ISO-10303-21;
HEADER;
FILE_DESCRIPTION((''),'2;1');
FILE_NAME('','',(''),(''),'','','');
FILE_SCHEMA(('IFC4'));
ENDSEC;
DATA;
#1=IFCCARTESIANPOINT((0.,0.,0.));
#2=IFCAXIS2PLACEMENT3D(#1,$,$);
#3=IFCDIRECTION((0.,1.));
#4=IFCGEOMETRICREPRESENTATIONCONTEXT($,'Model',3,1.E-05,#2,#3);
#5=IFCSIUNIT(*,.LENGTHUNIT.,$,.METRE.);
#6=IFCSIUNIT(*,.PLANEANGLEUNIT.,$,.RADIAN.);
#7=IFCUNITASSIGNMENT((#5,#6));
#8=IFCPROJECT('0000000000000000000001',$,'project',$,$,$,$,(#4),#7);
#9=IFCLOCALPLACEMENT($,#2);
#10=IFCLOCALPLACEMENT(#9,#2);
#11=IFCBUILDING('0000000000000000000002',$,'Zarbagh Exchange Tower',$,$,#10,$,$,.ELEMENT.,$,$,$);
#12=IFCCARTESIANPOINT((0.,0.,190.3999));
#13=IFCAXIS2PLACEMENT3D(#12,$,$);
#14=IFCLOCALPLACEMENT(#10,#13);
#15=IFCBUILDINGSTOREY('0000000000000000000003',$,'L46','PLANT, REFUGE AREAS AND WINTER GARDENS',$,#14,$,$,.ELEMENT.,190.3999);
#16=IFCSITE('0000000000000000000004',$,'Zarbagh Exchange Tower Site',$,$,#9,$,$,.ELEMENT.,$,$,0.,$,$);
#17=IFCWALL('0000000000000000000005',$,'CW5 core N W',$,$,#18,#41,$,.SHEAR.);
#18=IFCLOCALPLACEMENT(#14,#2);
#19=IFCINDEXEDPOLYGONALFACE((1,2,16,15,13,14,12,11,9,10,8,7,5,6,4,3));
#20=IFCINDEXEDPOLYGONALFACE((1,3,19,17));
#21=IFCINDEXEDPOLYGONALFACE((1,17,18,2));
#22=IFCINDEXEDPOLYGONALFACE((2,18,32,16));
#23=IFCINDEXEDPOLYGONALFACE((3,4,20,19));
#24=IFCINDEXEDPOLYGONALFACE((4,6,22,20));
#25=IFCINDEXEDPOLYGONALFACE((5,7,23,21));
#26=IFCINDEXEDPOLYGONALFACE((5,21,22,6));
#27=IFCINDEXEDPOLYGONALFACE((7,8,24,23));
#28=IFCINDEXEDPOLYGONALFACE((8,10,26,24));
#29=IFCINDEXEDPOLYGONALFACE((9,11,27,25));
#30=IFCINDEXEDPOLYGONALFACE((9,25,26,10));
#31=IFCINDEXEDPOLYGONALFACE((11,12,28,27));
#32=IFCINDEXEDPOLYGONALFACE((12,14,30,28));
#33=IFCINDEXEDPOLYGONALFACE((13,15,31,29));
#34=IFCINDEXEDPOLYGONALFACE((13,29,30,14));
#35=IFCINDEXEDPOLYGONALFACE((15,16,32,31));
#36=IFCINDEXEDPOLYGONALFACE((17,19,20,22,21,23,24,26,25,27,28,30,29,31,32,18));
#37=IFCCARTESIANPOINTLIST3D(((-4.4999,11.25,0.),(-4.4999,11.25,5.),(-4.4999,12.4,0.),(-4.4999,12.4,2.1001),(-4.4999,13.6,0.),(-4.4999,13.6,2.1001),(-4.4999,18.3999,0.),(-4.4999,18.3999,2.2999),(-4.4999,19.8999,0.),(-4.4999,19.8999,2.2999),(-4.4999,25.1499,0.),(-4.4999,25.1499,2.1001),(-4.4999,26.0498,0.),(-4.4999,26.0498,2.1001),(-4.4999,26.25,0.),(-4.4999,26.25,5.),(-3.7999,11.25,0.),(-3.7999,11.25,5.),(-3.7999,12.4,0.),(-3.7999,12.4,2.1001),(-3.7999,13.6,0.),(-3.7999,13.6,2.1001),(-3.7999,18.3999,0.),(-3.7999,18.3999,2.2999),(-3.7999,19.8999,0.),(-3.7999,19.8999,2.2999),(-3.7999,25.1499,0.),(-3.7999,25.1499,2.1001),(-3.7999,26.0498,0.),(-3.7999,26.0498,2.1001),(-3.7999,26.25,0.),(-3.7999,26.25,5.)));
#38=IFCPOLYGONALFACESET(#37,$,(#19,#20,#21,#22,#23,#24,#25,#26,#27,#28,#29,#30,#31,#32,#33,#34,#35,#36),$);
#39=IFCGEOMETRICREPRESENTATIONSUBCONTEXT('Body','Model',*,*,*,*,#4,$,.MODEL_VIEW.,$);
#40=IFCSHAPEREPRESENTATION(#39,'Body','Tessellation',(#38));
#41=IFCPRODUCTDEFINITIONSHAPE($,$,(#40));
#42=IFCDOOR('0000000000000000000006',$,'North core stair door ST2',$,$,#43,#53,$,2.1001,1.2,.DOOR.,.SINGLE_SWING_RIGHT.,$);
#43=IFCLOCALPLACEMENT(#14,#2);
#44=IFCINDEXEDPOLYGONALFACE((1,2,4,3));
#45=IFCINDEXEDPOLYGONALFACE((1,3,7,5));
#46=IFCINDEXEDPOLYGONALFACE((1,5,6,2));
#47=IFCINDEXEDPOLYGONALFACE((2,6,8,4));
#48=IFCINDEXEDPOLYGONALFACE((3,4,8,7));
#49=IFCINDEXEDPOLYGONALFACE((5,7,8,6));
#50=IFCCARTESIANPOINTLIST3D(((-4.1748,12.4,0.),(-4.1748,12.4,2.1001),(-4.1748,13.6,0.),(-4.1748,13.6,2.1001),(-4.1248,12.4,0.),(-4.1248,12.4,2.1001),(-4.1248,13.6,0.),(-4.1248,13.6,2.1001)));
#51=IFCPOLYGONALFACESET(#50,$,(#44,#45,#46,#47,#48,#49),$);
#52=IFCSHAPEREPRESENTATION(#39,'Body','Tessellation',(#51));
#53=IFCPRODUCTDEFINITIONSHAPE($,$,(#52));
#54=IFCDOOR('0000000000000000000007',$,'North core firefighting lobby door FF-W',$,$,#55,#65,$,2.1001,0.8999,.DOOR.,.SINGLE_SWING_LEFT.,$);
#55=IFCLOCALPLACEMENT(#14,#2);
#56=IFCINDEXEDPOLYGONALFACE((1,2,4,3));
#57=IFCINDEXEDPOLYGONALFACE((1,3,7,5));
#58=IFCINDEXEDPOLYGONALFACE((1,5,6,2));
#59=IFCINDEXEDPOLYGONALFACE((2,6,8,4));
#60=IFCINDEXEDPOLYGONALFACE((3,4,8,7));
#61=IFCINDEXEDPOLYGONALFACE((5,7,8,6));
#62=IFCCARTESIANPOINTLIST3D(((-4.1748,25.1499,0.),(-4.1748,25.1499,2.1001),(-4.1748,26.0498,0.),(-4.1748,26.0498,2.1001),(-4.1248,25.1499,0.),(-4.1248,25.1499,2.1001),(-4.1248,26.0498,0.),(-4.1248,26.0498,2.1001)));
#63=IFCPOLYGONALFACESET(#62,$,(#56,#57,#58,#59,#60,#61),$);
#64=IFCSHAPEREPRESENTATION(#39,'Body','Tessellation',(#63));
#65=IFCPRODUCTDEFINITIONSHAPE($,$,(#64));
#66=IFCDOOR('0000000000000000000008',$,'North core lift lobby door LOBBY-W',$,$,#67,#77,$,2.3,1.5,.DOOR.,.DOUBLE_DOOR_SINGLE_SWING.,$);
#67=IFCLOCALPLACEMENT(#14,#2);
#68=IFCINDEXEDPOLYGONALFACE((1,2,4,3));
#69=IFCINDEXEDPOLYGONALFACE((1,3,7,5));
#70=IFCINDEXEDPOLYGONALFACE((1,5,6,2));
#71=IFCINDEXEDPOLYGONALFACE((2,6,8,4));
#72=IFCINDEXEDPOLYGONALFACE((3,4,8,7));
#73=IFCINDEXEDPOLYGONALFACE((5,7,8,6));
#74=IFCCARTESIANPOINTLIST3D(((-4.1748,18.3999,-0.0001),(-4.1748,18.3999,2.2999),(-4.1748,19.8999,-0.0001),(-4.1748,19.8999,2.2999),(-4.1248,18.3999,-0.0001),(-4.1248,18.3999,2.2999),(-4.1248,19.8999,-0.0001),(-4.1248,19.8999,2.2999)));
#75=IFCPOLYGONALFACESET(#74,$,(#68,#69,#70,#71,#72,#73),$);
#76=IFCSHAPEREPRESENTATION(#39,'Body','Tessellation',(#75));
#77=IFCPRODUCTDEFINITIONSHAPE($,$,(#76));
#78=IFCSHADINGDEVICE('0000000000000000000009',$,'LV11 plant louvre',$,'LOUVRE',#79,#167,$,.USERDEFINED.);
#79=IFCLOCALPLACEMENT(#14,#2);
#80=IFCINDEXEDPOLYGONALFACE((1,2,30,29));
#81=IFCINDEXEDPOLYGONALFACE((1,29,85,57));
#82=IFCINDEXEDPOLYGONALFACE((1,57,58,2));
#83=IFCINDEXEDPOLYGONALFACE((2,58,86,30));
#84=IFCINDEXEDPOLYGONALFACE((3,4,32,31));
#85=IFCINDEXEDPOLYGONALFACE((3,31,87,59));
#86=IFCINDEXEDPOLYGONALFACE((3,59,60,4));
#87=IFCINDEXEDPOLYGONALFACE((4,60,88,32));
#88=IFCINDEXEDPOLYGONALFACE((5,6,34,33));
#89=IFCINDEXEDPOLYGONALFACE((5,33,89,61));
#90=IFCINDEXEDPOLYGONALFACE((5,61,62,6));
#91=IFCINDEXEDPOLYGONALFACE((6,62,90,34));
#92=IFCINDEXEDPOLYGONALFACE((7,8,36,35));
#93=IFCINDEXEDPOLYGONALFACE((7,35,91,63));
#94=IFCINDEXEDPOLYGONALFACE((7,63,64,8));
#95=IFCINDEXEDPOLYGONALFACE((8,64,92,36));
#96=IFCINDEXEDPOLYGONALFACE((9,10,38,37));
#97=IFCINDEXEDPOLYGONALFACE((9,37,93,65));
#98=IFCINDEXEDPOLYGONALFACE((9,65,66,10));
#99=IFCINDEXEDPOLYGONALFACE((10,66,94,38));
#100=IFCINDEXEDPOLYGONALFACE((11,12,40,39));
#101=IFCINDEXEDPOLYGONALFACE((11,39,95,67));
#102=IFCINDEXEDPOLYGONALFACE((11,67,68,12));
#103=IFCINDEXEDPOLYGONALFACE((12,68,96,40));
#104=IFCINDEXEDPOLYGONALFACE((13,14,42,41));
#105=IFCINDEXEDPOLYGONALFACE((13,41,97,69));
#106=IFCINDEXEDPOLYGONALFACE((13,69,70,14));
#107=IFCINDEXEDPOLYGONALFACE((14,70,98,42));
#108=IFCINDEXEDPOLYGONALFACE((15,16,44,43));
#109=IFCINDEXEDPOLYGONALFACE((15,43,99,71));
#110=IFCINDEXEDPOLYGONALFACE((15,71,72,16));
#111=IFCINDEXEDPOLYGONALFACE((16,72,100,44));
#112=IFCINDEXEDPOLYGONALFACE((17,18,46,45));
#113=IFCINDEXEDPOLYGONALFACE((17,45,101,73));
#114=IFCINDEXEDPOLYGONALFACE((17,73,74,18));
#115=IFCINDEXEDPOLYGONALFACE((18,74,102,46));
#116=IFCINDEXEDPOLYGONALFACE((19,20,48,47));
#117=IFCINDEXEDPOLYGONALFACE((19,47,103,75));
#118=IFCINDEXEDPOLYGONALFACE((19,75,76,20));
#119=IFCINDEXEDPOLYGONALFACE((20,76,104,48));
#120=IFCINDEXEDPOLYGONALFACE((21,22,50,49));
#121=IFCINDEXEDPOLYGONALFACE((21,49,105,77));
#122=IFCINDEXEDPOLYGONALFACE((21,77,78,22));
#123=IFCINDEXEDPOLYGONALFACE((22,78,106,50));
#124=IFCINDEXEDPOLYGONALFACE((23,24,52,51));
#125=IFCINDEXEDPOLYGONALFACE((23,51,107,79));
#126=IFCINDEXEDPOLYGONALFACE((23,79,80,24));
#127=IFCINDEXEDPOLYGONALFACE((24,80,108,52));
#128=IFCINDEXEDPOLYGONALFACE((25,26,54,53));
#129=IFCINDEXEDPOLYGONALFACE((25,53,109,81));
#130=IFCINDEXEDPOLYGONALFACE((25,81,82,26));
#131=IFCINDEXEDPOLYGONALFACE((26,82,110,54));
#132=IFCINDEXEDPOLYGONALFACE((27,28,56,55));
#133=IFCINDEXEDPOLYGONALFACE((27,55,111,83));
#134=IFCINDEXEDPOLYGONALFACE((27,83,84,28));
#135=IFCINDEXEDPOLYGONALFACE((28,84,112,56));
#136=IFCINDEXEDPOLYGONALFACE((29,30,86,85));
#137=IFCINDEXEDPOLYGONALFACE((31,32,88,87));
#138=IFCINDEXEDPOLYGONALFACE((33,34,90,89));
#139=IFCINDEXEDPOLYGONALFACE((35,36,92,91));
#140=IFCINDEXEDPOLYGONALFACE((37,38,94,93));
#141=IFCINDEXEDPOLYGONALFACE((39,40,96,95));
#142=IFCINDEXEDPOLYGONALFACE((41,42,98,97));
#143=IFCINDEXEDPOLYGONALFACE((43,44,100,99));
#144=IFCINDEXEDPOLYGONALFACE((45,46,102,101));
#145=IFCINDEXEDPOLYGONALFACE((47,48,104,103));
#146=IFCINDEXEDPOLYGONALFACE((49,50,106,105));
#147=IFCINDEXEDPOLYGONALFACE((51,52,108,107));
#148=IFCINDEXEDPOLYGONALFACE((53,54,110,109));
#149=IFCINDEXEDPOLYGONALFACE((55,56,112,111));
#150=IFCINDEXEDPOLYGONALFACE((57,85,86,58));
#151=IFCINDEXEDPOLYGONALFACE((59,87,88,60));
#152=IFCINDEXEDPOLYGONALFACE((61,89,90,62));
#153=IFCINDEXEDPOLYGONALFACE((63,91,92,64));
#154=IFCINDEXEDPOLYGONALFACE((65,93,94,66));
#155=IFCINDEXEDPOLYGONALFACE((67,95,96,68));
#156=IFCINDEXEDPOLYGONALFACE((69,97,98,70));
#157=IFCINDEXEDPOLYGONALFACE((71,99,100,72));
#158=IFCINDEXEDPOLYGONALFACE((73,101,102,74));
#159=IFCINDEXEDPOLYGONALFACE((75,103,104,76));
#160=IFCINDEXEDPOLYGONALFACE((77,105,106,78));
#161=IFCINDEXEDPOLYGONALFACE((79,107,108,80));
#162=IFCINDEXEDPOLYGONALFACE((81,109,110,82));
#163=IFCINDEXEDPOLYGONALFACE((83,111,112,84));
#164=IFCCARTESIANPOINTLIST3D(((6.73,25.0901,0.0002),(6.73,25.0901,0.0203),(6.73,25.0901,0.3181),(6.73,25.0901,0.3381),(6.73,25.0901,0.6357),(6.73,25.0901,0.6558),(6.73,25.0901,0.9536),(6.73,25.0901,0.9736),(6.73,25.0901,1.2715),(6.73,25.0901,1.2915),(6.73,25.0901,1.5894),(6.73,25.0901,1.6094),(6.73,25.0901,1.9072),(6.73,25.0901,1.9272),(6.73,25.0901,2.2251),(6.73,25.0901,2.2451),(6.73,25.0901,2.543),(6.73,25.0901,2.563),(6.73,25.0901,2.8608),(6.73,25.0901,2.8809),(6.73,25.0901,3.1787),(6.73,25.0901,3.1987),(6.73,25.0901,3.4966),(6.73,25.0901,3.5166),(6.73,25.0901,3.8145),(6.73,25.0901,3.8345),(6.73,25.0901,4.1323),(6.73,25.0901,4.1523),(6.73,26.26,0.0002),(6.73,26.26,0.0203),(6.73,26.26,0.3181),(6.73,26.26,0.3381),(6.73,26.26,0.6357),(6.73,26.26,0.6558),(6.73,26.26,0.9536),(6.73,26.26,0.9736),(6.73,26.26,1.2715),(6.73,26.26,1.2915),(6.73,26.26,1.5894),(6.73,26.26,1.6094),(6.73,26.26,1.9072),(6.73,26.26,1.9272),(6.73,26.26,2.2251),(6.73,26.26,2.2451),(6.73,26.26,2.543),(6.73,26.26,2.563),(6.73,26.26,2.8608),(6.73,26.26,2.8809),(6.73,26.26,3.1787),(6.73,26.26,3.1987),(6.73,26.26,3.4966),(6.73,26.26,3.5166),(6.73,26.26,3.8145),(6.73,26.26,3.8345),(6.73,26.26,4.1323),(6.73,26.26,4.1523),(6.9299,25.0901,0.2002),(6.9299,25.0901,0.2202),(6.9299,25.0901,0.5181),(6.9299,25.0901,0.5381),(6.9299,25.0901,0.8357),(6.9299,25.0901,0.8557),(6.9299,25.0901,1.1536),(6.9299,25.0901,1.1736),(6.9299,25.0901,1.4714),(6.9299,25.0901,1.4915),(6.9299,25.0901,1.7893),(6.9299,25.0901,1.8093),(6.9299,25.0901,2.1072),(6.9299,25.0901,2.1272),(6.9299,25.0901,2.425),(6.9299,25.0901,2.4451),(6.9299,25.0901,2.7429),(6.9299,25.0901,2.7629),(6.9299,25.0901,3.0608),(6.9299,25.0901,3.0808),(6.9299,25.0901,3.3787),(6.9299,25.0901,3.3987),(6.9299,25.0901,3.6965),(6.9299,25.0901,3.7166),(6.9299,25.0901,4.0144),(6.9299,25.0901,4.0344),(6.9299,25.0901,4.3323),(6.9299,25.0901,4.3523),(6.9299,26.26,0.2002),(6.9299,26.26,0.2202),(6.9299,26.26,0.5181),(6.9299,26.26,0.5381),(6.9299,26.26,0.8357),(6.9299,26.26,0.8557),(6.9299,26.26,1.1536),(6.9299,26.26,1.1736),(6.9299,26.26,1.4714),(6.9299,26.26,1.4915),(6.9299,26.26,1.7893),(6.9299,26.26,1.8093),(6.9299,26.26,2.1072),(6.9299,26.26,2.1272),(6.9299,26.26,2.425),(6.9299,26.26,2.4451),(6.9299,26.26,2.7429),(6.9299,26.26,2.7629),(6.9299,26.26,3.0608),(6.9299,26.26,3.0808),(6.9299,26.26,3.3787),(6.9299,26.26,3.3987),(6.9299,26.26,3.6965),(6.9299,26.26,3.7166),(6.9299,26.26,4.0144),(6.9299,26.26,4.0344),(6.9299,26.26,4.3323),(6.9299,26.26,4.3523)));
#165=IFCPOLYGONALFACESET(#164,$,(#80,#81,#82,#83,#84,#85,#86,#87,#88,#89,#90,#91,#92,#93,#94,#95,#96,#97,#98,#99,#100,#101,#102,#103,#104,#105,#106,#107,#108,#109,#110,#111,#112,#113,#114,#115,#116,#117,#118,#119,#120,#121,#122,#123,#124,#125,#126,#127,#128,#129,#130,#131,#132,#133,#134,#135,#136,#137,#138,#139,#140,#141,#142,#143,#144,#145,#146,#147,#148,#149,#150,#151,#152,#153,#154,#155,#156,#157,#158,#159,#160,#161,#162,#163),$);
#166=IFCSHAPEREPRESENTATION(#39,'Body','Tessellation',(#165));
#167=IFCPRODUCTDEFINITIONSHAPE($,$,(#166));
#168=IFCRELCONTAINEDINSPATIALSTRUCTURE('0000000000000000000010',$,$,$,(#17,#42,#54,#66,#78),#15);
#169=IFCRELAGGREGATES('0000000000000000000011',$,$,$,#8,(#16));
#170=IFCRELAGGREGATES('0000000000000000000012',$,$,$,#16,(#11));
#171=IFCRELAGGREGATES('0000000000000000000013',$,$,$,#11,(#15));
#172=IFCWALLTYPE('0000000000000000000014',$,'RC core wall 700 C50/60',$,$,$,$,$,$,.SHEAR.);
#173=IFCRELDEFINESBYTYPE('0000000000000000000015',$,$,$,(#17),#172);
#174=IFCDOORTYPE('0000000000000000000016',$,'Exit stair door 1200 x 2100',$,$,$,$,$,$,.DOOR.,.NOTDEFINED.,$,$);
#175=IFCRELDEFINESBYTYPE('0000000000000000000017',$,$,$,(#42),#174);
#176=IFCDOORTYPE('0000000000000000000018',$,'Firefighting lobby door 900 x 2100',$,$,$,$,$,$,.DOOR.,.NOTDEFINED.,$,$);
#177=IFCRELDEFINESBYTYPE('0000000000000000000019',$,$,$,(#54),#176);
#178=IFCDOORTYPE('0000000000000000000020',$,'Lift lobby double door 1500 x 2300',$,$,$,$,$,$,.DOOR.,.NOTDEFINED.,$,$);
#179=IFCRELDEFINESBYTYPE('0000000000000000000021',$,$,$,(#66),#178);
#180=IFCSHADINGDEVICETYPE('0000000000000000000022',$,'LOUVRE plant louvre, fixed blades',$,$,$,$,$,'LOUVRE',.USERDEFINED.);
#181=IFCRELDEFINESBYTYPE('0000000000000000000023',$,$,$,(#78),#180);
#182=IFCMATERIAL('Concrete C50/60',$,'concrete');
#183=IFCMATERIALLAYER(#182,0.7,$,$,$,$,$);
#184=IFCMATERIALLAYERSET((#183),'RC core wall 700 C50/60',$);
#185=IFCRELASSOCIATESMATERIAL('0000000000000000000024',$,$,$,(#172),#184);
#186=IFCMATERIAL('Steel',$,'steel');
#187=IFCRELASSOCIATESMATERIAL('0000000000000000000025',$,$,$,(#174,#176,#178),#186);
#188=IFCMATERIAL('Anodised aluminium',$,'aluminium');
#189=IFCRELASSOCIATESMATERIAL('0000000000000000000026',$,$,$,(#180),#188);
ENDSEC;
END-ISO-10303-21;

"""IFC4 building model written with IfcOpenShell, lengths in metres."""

from ifc_helpers import new_model, si_unit, direction, frame, frame_2d, origin, place, context, subcontext, project, spatial, polyline, rectangle, outline, extrude, source, transform, mapped, material, layer, layer_set, type_object, element, fill, save


model = new_model("IFC4")

# Units and contexts
model_context = context("Model", 3, precision=1e-05, world=origin(), true_north=direction((0.0, 1.0)))
body_context = subcontext(model_context, "Body", "Model", "MODEL_VIEW")
ifc_project = project(units=[si_unit("LENGTHUNIT", "METRE"), si_unit("PLANEANGLEUNIT", "RADIAN")], contexts=[model_context])

# Site, building, storey
site_placement = place(None, origin())
site = spatial("IfcSite", under=ifc_project, at=site_placement, Name="Zarbagh Exchange Tower Site", CompositionType="ELEMENT", RefElevation=0.0)
building_placement = place(site_placement, origin())
building = spatial("IfcBuilding", under=site, at=building_placement, Name="Zarbagh Exchange Tower", CompositionType="ELEMENT")
storey_placement = place(building_placement, frame((0.0, 0.0, 190.3999)))
storey = spatial("IfcBuildingStorey", under=building, at=storey_placement, Name="L46", Description="PLANT, REFUGE AREAS AND WINTER GARDENS", CompositionType="ELEMENT", Elevation=190.3999)

# Wall, openings, doors
ifc_material_1 = material(Name="Concrete C50/60", Category="concrete")
ifc_layer_1 = layer(ifc_material_1, 0.7)
ifc_layer_set_1 = layer_set([ifc_layer_1], Name="RC core wall 700 C50/60")
wall_type_1 = type_object("IfcWallType", Name="RC core wall 700 C50/60", PredefinedType="SHEAR", material=ifc_layer_set_1)
wall_1_placement = place(storey_placement, frame((-4.1499, 11.25, 0.0), z_axis=(0.0, 0.0, 1.0), x_axis=(0.0, 1.0, 0.0)))
wall_1 = element("IfcWall", 1, at=wall_1_placement, inside=storey, type_object=wall_type_1, Name="CW5 core N W", PredefinedType="SHEAR", context=body_context, shape_type="SweptSolid", body=[
    extrude(rectangle(XDim=15.0, YDim=0.7, at=frame_2d((7.5, 0.0))), origin(), (0.0, 0.0, 1.0), 5.0),
])
opening_1_placement = place(wall_1_placement, frame((7.1499, 0.0, 0.0)))
opening_1 = element("IfcOpeningElement", 2, at=opening_1_placement, cuts=wall_1, PredefinedType="OPENING", context=body_context, shape_type="SweptSolid", body=[
    extrude(rectangle(XDim=1.5, YDim=2.3, at=frame_2d((0.75, 1.1499))), frame((0.0, 0.3599, 0.0), z_axis=(0.0, -1.0, 0.0), x_axis=(1.0, 0.0, 0.0)), (0.0, 0.0, 1.0), 0.72),
])
opening_2_placement = place(wall_1_placement, frame((13.8999, 0.0, 0.0)))
opening_2 = element("IfcOpeningElement", 3, at=opening_2_placement, cuts=wall_1, PredefinedType="OPENING", context=body_context, shape_type="SweptSolid", body=[
    extrude(rectangle(XDim=0.8999, YDim=2.1001, at=frame_2d((0.45, 1.05))), frame((0.0, 0.3599, 0.0), z_axis=(0.0, -1.0, 0.0), x_axis=(1.0, 0.0, 0.0)), (0.0, 0.0, 1.0), 0.72),
])
opening_3_placement = place(wall_1_placement, frame((1.1499, 0.0, 0.0)))
opening_3 = element("IfcOpeningElement", 4, at=opening_3_placement, cuts=wall_1, PredefinedType="OPENING", context=body_context, shape_type="SweptSolid", body=[
    extrude(rectangle(XDim=1.2, YDim=2.1001, at=frame_2d((0.6001, 1.05))), frame((0.0, 0.3599, 0.0), z_axis=(0.0, -1.0, 0.0), x_axis=(1.0, 0.0, 0.0)), (0.0, 0.0, 1.0), 0.72),
])
ifc_material_2 = material(Name="Steel", Category="steel")
door_type_1 = type_object("IfcDoorType", Name="Exit stair door 1200 x 2100", OperationType="NOTDEFINED", PredefinedType="DOOR", material=ifc_material_2)
door_1_placement = place(opening_3_placement, origin())
door_1 = element("IfcDoor", 5, at=door_1_placement, inside=storey, type_object=door_type_1, Name="North core stair door ST2", OperationType="SINGLE_SWING_RIGHT", OverallHeight=2.1001, OverallWidth=1.2, PredefinedType="DOOR", context=body_context, shape_type="SweptSolid", body=[
    extrude(rectangle(XDim=1.2, YDim=2.1001, at=frame_2d((0.6001, 1.05))), frame((0.0, 0.0249, 0.0), z_axis=(0.0, -1.0, 0.0), x_axis=(1.0, 0.0, 0.0)), (0.0, 0.0, 1.0), 0.05),
])
fill(opening_3, door_1)
door_type_2 = type_object("IfcDoorType", Name="Firefighting lobby door 900 x 2100", OperationType="NOTDEFINED", PredefinedType="DOOR", material=ifc_material_2)
door_2_placement = place(opening_2_placement, origin())
door_2 = element("IfcDoor", 6, at=door_2_placement, inside=storey, type_object=door_type_2, Name="North core firefighting lobby door FF-W", OperationType="SINGLE_SWING_LEFT", OverallHeight=2.1001, OverallWidth=0.8999, PredefinedType="DOOR", context=body_context, shape_type="SweptSolid", body=[
    extrude(rectangle(XDim=0.8999, YDim=2.1001, at=frame_2d((0.45, 1.05))), frame((0.0, 0.0249, 0.0), z_axis=(0.0, -1.0, 0.0), x_axis=(1.0, 0.0, 0.0)), (0.0, 0.0, 1.0), 0.05),
])
fill(opening_2, door_2)
door_type_3 = type_object("IfcDoorType", Name="Lift lobby double door 1500 x 2300", OperationType="NOTDEFINED", PredefinedType="DOOR", material=ifc_material_2)
door_3_placement = place(opening_1_placement, origin())
door_3 = element("IfcDoor", 7, at=door_3_placement, inside=storey, type_object=door_type_3, Name="North core lift lobby door LOBBY-W", OperationType="DOUBLE_DOOR_SINGLE_SWING", OverallHeight=2.3, OverallWidth=1.5, PredefinedType="DOOR", context=body_context, shape_type="SweptSolid", body=[
    extrude(rectangle(XDim=1.5, YDim=2.3, at=frame_2d((0.75, 1.1499))), frame((0.0, 0.0249, 0.0), z_axis=(0.0, -1.0, 0.0), x_axis=(1.0, 0.0, 0.0)), (0.0, 0.0, 1.0), 0.05),
])
fill(opening_1, door_3)

# Shared definitions
placement = place(storey_placement, origin())

# Shading device
ifc_material_3 = material(Name="Anodised aluminium", Category="aluminium")
shading_device_type = type_object("IfcShadingDeviceType", Name="LOUVRE plant louvre, fixed blades", ElementType="LOUVRE", PredefinedType="USERDEFINED", material=ifc_material_3)
shared_shape_1 = source(origin(), body_context, "Body", "SweptSolid", [
    extrude(outline(polyline([(0.0, 0.2), (0.2, 0.0), (0.2, -0.02), (0.0, 0.1799), (0.0, 0.2)])), origin(), (0.0, 0.0, 1.0), 1.1699),
])
element("IfcShadingDevice", 8, at=placement, inside=storey, type_object=shading_device_type, Name="LV11 plant louvre", ObjectType="LOUVRE", PredefinedType="USERDEFINED", context=body_context, shape_type="MappedRepresentation", body=[
    mapped(shared_shape_1, transform((6.73, 25.0901, 0.2002), x_axis=(1.0, 0.0, 0.0), y_axis=(0.0, 0.0, -1.0), z_axis=(0.0, 1.0, 0.0))),
    mapped(shared_shape_1, transform((6.73, 25.0901, 0.5181), x_axis=(1.0, 0.0, 0.0), y_axis=(0.0, 0.0, -1.0), z_axis=(0.0, 1.0, 0.0))),
    mapped(shared_shape_1, transform((6.73, 25.0901, 0.8357), x_axis=(1.0, 0.0, 0.0), y_axis=(0.0, 0.0, -1.0), z_axis=(0.0, 1.0, 0.0))),
    mapped(shared_shape_1, transform((6.73, 25.0901, 1.1536), x_axis=(1.0, 0.0, 0.0), y_axis=(0.0, 0.0, -1.0), z_axis=(0.0, 1.0, 0.0))),
    mapped(shared_shape_1, transform((6.73, 25.0901, 1.4714), x_axis=(1.0, 0.0, 0.0), y_axis=(0.0, 0.0, -1.0), z_axis=(0.0, 1.0, 0.0))),
    mapped(shared_shape_1, transform((6.73, 25.0901, 1.7893), x_axis=(1.0, 0.0, 0.0), y_axis=(0.0, 0.0, -1.0), z_axis=(0.0, 1.0, 0.0))),
    mapped(shared_shape_1, transform((6.73, 25.0901, 2.1072), x_axis=(1.0, 0.0, 0.0), y_axis=(0.0, 0.0, -1.0), z_axis=(0.0, 1.0, 0.0))),
    mapped(shared_shape_1, transform((6.73, 25.0901, 2.425), x_axis=(1.0, 0.0, 0.0), y_axis=(0.0, 0.0, -1.0), z_axis=(0.0, 1.0, 0.0))),
    mapped(shared_shape_1, transform((6.73, 25.0901, 2.7429), x_axis=(1.0, 0.0, 0.0), y_axis=(0.0, 0.0, -1.0), z_axis=(0.0, 1.0, 0.0))),
    mapped(shared_shape_1, transform((6.73, 25.0901, 3.0608), x_axis=(1.0, 0.0, 0.0), y_axis=(0.0, 0.0, -1.0), z_axis=(0.0, 1.0, 0.0))),
    mapped(shared_shape_1, transform((6.73, 25.0901, 3.3787), x_axis=(1.0, 0.0, 0.0), y_axis=(0.0, 0.0, -1.0), z_axis=(0.0, 1.0, 0.0))),
    mapped(shared_shape_1, transform((6.73, 25.0901, 3.6965), x_axis=(1.0, 0.0, 0.0), y_axis=(0.0, 0.0, -1.0), z_axis=(0.0, 1.0, 0.0))),
    mapped(shared_shape_1, transform((6.73, 25.0901, 4.0144), x_axis=(1.0, 0.0, 0.0), y_axis=(0.0, 0.0, -1.0), z_axis=(0.0, 1.0, 0.0))),
    mapped(shared_shape_1, transform((6.73, 25.0901, 4.3323), x_axis=(1.0, 0.0, 0.0), y_axis=(0.0, 0.0, -1.0), z_axis=(0.0, 1.0, 0.0))),
])

save(model, "model.ifc")
